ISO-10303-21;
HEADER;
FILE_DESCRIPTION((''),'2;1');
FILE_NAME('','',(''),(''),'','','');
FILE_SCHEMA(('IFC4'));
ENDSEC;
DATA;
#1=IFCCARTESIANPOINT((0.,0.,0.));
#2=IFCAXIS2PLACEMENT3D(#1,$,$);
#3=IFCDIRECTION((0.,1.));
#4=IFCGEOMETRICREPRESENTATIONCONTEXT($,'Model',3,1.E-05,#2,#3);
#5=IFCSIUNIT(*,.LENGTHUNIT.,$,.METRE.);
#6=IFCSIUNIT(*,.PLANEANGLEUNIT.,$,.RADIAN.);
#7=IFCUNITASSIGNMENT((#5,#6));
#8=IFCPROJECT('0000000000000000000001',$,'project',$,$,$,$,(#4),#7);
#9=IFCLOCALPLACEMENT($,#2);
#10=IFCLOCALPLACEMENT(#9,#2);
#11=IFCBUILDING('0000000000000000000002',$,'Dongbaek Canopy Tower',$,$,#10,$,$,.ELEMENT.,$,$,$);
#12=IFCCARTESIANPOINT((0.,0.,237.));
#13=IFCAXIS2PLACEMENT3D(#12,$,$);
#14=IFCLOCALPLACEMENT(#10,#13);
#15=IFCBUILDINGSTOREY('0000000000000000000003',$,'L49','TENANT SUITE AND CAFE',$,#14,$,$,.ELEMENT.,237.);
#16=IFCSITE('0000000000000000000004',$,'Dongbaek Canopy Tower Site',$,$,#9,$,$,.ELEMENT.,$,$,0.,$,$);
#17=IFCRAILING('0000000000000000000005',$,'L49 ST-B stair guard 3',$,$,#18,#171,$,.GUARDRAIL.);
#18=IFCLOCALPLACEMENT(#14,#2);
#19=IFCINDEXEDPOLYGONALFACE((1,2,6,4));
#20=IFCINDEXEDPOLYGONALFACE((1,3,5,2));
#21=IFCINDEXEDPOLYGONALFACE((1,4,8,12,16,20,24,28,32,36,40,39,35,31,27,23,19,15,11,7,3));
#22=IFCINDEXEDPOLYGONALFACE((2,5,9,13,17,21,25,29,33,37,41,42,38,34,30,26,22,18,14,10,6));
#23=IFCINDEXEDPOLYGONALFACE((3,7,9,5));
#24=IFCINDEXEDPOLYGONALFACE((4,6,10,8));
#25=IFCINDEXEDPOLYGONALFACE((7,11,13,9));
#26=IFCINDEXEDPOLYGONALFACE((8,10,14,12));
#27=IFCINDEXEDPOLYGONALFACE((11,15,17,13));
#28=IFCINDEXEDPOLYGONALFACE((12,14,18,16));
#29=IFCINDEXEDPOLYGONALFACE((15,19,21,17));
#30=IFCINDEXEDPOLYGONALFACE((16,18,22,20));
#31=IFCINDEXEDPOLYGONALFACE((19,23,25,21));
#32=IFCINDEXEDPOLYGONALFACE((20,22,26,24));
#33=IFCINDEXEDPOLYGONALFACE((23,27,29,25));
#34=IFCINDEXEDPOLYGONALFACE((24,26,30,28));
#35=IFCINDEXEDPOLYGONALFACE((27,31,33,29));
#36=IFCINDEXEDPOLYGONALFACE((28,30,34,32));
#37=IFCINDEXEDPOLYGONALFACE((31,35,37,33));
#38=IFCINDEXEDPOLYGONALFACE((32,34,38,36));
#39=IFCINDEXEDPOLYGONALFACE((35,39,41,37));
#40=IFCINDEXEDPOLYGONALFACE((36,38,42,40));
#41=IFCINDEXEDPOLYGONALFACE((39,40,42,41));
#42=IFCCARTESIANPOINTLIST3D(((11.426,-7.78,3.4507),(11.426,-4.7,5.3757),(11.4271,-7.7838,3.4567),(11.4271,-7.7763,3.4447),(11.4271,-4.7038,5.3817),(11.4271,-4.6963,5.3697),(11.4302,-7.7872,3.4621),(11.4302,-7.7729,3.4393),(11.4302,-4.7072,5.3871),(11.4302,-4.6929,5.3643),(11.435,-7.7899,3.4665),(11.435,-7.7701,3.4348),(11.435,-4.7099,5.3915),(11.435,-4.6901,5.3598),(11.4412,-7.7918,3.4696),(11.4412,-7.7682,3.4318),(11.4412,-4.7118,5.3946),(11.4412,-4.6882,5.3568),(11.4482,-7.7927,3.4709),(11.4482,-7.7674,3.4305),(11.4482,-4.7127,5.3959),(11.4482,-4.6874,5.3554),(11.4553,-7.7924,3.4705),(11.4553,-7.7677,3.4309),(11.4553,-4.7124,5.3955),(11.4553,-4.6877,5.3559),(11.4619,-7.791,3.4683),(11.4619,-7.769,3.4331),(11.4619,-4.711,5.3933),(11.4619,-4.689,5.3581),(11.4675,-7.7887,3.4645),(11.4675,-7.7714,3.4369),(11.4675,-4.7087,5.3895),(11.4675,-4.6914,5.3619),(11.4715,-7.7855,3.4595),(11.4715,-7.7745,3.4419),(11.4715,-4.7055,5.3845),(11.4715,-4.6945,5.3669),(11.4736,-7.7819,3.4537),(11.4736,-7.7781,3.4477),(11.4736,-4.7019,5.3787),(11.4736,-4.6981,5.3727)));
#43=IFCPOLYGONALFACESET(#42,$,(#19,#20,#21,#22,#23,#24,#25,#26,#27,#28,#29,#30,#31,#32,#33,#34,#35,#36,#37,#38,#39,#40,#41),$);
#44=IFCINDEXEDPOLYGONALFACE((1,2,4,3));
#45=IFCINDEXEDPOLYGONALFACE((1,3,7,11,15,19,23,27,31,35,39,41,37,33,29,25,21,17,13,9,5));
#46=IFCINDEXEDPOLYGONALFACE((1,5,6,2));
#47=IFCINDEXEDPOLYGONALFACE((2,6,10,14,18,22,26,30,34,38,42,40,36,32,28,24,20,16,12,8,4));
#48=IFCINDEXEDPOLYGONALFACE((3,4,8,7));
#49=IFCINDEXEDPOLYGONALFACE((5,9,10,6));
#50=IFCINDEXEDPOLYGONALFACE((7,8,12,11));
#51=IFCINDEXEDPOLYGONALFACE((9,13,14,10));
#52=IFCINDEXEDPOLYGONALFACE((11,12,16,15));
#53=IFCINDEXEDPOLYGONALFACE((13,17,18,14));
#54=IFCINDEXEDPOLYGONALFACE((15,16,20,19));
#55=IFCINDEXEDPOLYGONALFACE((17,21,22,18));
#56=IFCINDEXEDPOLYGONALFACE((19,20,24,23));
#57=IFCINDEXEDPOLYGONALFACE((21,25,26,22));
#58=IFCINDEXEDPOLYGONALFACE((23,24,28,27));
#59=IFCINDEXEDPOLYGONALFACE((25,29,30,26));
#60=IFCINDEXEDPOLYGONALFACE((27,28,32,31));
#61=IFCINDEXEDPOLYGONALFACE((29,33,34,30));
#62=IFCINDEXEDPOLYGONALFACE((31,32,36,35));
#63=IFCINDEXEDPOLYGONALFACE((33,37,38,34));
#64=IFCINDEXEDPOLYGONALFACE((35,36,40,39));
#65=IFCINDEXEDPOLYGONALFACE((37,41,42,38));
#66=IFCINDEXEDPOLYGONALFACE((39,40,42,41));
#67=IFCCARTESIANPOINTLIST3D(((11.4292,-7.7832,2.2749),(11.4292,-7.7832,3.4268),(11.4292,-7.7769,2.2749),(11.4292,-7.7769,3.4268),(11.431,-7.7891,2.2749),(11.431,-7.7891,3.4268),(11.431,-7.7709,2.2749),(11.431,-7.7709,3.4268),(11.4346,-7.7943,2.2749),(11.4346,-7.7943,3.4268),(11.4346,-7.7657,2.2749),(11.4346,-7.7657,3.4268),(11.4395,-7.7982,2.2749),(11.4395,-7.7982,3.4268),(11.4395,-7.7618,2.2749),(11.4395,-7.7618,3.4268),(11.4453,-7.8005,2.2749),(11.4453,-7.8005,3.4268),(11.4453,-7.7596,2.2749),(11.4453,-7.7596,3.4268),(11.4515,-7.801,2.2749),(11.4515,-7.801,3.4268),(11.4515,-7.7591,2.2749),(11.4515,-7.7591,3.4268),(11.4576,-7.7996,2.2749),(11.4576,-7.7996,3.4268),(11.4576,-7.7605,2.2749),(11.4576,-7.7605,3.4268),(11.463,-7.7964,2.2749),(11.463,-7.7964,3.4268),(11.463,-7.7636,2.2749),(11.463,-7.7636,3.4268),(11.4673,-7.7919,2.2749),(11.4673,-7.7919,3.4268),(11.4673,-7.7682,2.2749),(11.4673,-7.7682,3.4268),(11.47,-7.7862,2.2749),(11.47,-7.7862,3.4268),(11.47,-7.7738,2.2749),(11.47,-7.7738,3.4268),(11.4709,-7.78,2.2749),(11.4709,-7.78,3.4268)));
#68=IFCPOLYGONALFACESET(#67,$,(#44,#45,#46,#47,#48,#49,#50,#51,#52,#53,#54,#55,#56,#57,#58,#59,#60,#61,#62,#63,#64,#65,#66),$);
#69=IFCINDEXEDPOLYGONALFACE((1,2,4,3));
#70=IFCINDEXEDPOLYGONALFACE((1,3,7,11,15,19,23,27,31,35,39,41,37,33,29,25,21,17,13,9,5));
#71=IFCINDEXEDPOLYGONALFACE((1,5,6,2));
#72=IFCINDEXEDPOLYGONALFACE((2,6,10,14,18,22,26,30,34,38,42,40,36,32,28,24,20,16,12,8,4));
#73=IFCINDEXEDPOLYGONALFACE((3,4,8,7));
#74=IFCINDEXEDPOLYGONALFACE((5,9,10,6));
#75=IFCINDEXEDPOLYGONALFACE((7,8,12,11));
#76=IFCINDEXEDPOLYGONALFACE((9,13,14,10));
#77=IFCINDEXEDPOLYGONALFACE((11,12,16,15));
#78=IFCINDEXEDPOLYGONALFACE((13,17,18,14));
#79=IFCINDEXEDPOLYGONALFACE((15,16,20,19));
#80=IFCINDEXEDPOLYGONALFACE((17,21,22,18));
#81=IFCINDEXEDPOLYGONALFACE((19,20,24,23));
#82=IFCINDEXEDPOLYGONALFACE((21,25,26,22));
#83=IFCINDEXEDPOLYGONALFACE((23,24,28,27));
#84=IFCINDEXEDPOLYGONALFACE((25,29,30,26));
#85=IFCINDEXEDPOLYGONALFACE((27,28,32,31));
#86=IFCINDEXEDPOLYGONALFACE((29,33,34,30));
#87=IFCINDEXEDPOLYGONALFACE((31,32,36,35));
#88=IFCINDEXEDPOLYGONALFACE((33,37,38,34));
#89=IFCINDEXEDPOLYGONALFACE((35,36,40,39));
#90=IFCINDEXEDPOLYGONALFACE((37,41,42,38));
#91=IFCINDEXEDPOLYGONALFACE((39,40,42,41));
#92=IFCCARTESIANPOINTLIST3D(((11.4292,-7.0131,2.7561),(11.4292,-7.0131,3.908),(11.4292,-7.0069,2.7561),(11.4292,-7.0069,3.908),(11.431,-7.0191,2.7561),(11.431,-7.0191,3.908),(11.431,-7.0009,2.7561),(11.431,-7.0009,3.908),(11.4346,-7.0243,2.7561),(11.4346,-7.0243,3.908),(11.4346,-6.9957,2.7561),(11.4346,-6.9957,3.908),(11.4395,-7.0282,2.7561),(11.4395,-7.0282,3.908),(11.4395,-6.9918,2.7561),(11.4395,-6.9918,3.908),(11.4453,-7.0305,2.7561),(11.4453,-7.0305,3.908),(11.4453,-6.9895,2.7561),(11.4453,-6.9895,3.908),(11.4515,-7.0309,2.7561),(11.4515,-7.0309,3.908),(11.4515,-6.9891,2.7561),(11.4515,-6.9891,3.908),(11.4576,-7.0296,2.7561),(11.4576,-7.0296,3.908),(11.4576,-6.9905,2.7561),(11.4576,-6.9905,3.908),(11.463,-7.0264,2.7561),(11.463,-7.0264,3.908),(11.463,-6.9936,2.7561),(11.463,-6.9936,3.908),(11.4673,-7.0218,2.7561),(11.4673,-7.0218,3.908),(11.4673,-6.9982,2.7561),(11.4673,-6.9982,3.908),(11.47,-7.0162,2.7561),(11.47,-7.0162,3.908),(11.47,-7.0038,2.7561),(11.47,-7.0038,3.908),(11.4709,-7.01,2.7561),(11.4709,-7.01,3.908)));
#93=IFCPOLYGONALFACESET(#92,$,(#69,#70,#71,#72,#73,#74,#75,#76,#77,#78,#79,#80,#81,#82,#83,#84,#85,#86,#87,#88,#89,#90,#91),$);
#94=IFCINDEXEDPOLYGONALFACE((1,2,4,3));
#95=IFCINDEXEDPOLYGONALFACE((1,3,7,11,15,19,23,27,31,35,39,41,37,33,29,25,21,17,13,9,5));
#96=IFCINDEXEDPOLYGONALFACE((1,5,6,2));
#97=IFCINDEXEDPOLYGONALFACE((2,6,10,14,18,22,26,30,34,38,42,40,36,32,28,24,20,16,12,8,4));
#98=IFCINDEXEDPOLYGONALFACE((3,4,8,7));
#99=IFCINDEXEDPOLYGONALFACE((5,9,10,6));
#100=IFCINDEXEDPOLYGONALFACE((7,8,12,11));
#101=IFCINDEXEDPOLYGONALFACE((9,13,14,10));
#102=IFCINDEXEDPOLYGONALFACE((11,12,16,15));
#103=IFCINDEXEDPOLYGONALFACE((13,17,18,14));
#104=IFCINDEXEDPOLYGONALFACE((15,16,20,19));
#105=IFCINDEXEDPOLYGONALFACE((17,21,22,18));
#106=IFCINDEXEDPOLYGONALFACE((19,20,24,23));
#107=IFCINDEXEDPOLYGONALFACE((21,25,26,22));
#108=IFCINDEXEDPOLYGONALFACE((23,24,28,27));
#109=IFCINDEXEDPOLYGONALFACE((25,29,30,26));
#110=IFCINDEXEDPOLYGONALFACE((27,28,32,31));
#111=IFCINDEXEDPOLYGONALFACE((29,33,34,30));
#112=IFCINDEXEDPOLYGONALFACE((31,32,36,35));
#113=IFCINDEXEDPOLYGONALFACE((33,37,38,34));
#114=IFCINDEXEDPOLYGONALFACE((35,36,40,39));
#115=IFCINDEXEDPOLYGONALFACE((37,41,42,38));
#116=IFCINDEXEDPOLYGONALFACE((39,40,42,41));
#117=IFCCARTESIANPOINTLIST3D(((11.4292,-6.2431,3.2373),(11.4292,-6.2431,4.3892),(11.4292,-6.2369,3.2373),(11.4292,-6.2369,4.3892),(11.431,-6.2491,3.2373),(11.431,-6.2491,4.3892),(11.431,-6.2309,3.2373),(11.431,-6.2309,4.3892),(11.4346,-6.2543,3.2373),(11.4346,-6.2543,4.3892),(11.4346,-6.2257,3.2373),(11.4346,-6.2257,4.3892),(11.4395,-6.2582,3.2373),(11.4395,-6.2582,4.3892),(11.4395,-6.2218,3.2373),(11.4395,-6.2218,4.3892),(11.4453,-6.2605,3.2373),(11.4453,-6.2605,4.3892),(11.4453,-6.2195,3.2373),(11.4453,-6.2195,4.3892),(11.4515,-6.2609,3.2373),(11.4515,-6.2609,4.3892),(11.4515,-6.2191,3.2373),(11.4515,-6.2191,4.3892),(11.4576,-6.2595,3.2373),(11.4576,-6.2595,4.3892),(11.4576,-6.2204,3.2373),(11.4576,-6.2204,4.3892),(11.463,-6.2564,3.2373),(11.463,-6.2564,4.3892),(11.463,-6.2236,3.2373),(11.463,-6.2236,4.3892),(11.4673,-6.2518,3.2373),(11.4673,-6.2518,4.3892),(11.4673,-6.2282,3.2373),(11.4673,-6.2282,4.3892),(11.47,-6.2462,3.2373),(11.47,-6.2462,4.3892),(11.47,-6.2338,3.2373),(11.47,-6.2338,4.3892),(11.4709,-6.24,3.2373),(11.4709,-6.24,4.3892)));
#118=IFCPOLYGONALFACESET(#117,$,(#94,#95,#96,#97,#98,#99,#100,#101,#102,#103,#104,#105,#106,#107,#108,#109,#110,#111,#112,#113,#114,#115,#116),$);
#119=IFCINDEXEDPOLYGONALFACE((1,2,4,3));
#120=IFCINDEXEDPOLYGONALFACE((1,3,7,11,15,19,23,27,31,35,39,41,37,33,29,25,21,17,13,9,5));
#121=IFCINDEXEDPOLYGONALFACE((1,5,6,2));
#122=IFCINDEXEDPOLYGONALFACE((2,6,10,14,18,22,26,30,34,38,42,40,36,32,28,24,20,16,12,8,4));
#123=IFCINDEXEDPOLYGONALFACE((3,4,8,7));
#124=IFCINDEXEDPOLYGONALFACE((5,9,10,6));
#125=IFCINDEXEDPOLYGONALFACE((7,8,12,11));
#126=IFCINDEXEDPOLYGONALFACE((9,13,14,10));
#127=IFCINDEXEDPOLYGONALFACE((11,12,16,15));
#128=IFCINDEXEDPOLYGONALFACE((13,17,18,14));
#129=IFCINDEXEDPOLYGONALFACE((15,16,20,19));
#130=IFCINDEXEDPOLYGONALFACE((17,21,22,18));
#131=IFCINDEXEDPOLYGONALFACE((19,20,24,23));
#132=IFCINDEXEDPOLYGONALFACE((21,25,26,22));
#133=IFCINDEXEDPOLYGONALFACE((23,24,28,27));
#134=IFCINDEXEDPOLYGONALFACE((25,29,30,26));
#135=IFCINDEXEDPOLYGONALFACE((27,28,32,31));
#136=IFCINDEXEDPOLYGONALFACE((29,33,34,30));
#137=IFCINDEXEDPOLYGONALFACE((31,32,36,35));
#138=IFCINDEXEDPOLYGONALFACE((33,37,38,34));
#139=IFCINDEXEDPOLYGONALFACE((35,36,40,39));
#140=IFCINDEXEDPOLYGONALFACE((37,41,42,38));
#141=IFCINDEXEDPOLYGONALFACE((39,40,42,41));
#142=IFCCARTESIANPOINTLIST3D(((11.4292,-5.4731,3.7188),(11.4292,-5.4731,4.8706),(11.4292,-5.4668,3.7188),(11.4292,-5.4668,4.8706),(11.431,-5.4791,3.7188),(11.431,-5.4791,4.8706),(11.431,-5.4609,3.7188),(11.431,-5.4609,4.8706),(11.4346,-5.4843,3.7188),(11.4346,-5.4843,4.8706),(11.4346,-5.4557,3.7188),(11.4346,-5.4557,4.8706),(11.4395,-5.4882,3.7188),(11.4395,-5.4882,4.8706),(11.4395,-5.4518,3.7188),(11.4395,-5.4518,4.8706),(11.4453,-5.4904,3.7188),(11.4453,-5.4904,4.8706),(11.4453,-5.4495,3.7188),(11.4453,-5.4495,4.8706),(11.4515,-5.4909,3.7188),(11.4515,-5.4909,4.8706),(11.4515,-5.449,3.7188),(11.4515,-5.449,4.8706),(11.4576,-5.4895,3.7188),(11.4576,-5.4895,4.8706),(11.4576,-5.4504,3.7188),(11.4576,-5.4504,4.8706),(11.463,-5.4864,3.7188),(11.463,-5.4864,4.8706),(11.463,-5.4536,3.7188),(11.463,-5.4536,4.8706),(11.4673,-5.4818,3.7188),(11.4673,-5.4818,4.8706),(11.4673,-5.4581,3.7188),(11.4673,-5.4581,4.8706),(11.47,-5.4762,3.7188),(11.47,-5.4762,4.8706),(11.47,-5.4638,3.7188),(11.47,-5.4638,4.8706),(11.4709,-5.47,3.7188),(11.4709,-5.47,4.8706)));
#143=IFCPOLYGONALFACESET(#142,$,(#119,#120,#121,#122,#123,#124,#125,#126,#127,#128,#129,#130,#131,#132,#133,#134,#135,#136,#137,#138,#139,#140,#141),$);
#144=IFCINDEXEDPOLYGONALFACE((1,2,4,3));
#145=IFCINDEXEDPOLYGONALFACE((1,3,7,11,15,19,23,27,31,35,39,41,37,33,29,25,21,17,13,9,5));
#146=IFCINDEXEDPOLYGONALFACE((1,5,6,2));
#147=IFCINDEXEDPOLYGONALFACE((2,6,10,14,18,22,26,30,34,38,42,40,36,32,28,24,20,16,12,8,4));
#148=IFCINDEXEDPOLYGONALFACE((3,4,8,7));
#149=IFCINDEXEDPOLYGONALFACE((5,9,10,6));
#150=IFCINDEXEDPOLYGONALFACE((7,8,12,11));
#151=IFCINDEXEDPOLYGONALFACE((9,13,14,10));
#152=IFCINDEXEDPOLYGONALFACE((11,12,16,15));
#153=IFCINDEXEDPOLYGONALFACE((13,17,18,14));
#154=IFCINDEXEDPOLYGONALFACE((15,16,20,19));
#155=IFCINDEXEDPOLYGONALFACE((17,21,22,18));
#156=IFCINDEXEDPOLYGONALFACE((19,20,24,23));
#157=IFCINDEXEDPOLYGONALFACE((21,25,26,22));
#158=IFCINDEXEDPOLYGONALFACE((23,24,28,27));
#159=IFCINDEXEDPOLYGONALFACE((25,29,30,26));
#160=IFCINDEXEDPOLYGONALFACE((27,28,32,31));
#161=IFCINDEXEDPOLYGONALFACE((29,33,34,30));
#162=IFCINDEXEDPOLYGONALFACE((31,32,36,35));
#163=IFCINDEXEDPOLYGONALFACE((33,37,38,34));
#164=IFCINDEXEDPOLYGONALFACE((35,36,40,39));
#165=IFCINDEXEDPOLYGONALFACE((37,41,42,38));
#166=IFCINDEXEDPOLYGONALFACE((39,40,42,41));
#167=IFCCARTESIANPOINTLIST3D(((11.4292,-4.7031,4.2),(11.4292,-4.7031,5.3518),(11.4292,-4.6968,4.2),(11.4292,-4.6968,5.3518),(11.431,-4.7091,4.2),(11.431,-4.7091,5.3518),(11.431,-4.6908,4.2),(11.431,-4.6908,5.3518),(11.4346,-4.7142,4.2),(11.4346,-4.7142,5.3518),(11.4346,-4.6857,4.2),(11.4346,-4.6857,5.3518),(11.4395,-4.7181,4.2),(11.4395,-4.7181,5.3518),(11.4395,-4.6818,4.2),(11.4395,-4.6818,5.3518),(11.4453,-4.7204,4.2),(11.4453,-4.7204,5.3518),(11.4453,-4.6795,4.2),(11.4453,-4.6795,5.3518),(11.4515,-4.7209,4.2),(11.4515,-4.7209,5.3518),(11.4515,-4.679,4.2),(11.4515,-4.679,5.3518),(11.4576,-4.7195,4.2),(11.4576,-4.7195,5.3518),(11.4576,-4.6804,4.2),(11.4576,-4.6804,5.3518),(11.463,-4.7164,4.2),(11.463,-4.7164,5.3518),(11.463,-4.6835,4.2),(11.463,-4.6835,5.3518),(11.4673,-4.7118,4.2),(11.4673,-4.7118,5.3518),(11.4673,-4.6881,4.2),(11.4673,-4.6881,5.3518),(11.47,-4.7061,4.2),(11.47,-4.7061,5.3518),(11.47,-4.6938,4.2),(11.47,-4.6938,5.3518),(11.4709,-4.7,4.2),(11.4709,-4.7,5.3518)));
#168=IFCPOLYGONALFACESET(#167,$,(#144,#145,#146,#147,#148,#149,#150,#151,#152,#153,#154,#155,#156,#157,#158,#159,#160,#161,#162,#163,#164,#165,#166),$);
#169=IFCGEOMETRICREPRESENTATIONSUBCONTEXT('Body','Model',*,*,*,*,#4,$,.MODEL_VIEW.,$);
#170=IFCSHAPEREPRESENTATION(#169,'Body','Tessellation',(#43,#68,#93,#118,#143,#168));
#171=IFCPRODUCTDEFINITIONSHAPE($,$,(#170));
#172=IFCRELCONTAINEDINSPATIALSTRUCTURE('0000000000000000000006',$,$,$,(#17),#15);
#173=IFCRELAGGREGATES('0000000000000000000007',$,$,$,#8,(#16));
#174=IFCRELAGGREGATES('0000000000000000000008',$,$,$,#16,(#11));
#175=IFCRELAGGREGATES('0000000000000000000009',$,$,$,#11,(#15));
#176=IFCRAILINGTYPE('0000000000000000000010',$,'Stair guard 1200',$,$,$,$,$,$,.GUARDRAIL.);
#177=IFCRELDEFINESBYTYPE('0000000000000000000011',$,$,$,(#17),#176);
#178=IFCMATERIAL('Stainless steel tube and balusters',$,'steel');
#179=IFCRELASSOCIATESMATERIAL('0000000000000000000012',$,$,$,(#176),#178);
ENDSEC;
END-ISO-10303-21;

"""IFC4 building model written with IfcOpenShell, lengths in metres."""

from ifc_helpers import new_model, si_unit, direction, frame, origin, origin_2d, place, context, subcontext, project, spatial, circle, extrude, material, type_object, element, save


model = new_model("IFC4")

# Units and contexts
model_context = context("Model", 3, precision=1e-05, world=origin(), true_north=direction((0.0, 1.0)))
body_context = subcontext(model_context, "Body", "Model", "MODEL_VIEW")
ifc_project = project(units=[si_unit("LENGTHUNIT", "METRE"), si_unit("PLANEANGLEUNIT", "RADIAN")], contexts=[model_context])

# Site, building, storey
site_placement = place(None, origin())
site = spatial("IfcSite", under=ifc_project, at=site_placement, Name="Dongbaek Canopy Tower Site", CompositionType="ELEMENT", RefElevation=0.0)
building_placement = place(site_placement, origin())
building = spatial("IfcBuilding", under=site, at=building_placement, Name="Dongbaek Canopy Tower", CompositionType="ELEMENT")
storey_placement = place(building_placement, frame((0.0, 0.0, 237.0)))
storey = spatial("IfcBuildingStorey", under=building, at=storey_placement, Name="L49", Description="TENANT SUITE AND CAFE", CompositionType="ELEMENT", Elevation=237.0)

# Railing
ifc_material_1 = material(Name="Stainless steel tube and balusters", Category="steel")
railing_type_1 = type_object("IfcRailingType", Name="Stair guard 1200", PredefinedType="GUARDRAIL", material=ifc_material_1)
railing_1_placement = place(storey_placement, frame((11.45, -7.78, 2.2749)))
element("IfcRailing", 1, at=railing_1_placement, inside=storey, type_object=railing_type_1, Name="L49 ST-B stair guard 3", PredefinedType="GUARDRAIL", context=body_context, shape_type="SweptSolid", body=[
    extrude(circle(Radius=0.0239, at=origin_2d()), frame((0.0, 0.0, 1.1758), z_axis=(0.0, 0.847998, 0.529999), x_axis=(-1.0, 0.0, 0.0)), (0.0, 0.0, 1.0), 3.6321),
    extrude(circle(Radius=0.021, at=origin_2d()), origin(), (0.0, 0.0, 1.0), 1.1519),
    extrude(circle(Radius=0.021, at=origin_2d()), frame((0.0, 0.77, 0.4812)), (0.0, 0.0, 1.0), 1.1519),
    extrude(circle(Radius=0.021, at=origin_2d()), frame((0.0, 1.54, 0.9624)), (0.0, 0.0, 1.0), 1.1519),
    extrude(circle(Radius=0.021, at=origin_2d()), frame((0.0, 2.3101, 1.4438)), (0.0, 0.0, 1.0), 1.1519),
    extrude(circle(Radius=0.021, at=origin_2d()), frame((0.0, 3.0801, 1.925)), (0.0, 0.0, 1.0), 1.1519),
])

save(model, "model.ifc")
